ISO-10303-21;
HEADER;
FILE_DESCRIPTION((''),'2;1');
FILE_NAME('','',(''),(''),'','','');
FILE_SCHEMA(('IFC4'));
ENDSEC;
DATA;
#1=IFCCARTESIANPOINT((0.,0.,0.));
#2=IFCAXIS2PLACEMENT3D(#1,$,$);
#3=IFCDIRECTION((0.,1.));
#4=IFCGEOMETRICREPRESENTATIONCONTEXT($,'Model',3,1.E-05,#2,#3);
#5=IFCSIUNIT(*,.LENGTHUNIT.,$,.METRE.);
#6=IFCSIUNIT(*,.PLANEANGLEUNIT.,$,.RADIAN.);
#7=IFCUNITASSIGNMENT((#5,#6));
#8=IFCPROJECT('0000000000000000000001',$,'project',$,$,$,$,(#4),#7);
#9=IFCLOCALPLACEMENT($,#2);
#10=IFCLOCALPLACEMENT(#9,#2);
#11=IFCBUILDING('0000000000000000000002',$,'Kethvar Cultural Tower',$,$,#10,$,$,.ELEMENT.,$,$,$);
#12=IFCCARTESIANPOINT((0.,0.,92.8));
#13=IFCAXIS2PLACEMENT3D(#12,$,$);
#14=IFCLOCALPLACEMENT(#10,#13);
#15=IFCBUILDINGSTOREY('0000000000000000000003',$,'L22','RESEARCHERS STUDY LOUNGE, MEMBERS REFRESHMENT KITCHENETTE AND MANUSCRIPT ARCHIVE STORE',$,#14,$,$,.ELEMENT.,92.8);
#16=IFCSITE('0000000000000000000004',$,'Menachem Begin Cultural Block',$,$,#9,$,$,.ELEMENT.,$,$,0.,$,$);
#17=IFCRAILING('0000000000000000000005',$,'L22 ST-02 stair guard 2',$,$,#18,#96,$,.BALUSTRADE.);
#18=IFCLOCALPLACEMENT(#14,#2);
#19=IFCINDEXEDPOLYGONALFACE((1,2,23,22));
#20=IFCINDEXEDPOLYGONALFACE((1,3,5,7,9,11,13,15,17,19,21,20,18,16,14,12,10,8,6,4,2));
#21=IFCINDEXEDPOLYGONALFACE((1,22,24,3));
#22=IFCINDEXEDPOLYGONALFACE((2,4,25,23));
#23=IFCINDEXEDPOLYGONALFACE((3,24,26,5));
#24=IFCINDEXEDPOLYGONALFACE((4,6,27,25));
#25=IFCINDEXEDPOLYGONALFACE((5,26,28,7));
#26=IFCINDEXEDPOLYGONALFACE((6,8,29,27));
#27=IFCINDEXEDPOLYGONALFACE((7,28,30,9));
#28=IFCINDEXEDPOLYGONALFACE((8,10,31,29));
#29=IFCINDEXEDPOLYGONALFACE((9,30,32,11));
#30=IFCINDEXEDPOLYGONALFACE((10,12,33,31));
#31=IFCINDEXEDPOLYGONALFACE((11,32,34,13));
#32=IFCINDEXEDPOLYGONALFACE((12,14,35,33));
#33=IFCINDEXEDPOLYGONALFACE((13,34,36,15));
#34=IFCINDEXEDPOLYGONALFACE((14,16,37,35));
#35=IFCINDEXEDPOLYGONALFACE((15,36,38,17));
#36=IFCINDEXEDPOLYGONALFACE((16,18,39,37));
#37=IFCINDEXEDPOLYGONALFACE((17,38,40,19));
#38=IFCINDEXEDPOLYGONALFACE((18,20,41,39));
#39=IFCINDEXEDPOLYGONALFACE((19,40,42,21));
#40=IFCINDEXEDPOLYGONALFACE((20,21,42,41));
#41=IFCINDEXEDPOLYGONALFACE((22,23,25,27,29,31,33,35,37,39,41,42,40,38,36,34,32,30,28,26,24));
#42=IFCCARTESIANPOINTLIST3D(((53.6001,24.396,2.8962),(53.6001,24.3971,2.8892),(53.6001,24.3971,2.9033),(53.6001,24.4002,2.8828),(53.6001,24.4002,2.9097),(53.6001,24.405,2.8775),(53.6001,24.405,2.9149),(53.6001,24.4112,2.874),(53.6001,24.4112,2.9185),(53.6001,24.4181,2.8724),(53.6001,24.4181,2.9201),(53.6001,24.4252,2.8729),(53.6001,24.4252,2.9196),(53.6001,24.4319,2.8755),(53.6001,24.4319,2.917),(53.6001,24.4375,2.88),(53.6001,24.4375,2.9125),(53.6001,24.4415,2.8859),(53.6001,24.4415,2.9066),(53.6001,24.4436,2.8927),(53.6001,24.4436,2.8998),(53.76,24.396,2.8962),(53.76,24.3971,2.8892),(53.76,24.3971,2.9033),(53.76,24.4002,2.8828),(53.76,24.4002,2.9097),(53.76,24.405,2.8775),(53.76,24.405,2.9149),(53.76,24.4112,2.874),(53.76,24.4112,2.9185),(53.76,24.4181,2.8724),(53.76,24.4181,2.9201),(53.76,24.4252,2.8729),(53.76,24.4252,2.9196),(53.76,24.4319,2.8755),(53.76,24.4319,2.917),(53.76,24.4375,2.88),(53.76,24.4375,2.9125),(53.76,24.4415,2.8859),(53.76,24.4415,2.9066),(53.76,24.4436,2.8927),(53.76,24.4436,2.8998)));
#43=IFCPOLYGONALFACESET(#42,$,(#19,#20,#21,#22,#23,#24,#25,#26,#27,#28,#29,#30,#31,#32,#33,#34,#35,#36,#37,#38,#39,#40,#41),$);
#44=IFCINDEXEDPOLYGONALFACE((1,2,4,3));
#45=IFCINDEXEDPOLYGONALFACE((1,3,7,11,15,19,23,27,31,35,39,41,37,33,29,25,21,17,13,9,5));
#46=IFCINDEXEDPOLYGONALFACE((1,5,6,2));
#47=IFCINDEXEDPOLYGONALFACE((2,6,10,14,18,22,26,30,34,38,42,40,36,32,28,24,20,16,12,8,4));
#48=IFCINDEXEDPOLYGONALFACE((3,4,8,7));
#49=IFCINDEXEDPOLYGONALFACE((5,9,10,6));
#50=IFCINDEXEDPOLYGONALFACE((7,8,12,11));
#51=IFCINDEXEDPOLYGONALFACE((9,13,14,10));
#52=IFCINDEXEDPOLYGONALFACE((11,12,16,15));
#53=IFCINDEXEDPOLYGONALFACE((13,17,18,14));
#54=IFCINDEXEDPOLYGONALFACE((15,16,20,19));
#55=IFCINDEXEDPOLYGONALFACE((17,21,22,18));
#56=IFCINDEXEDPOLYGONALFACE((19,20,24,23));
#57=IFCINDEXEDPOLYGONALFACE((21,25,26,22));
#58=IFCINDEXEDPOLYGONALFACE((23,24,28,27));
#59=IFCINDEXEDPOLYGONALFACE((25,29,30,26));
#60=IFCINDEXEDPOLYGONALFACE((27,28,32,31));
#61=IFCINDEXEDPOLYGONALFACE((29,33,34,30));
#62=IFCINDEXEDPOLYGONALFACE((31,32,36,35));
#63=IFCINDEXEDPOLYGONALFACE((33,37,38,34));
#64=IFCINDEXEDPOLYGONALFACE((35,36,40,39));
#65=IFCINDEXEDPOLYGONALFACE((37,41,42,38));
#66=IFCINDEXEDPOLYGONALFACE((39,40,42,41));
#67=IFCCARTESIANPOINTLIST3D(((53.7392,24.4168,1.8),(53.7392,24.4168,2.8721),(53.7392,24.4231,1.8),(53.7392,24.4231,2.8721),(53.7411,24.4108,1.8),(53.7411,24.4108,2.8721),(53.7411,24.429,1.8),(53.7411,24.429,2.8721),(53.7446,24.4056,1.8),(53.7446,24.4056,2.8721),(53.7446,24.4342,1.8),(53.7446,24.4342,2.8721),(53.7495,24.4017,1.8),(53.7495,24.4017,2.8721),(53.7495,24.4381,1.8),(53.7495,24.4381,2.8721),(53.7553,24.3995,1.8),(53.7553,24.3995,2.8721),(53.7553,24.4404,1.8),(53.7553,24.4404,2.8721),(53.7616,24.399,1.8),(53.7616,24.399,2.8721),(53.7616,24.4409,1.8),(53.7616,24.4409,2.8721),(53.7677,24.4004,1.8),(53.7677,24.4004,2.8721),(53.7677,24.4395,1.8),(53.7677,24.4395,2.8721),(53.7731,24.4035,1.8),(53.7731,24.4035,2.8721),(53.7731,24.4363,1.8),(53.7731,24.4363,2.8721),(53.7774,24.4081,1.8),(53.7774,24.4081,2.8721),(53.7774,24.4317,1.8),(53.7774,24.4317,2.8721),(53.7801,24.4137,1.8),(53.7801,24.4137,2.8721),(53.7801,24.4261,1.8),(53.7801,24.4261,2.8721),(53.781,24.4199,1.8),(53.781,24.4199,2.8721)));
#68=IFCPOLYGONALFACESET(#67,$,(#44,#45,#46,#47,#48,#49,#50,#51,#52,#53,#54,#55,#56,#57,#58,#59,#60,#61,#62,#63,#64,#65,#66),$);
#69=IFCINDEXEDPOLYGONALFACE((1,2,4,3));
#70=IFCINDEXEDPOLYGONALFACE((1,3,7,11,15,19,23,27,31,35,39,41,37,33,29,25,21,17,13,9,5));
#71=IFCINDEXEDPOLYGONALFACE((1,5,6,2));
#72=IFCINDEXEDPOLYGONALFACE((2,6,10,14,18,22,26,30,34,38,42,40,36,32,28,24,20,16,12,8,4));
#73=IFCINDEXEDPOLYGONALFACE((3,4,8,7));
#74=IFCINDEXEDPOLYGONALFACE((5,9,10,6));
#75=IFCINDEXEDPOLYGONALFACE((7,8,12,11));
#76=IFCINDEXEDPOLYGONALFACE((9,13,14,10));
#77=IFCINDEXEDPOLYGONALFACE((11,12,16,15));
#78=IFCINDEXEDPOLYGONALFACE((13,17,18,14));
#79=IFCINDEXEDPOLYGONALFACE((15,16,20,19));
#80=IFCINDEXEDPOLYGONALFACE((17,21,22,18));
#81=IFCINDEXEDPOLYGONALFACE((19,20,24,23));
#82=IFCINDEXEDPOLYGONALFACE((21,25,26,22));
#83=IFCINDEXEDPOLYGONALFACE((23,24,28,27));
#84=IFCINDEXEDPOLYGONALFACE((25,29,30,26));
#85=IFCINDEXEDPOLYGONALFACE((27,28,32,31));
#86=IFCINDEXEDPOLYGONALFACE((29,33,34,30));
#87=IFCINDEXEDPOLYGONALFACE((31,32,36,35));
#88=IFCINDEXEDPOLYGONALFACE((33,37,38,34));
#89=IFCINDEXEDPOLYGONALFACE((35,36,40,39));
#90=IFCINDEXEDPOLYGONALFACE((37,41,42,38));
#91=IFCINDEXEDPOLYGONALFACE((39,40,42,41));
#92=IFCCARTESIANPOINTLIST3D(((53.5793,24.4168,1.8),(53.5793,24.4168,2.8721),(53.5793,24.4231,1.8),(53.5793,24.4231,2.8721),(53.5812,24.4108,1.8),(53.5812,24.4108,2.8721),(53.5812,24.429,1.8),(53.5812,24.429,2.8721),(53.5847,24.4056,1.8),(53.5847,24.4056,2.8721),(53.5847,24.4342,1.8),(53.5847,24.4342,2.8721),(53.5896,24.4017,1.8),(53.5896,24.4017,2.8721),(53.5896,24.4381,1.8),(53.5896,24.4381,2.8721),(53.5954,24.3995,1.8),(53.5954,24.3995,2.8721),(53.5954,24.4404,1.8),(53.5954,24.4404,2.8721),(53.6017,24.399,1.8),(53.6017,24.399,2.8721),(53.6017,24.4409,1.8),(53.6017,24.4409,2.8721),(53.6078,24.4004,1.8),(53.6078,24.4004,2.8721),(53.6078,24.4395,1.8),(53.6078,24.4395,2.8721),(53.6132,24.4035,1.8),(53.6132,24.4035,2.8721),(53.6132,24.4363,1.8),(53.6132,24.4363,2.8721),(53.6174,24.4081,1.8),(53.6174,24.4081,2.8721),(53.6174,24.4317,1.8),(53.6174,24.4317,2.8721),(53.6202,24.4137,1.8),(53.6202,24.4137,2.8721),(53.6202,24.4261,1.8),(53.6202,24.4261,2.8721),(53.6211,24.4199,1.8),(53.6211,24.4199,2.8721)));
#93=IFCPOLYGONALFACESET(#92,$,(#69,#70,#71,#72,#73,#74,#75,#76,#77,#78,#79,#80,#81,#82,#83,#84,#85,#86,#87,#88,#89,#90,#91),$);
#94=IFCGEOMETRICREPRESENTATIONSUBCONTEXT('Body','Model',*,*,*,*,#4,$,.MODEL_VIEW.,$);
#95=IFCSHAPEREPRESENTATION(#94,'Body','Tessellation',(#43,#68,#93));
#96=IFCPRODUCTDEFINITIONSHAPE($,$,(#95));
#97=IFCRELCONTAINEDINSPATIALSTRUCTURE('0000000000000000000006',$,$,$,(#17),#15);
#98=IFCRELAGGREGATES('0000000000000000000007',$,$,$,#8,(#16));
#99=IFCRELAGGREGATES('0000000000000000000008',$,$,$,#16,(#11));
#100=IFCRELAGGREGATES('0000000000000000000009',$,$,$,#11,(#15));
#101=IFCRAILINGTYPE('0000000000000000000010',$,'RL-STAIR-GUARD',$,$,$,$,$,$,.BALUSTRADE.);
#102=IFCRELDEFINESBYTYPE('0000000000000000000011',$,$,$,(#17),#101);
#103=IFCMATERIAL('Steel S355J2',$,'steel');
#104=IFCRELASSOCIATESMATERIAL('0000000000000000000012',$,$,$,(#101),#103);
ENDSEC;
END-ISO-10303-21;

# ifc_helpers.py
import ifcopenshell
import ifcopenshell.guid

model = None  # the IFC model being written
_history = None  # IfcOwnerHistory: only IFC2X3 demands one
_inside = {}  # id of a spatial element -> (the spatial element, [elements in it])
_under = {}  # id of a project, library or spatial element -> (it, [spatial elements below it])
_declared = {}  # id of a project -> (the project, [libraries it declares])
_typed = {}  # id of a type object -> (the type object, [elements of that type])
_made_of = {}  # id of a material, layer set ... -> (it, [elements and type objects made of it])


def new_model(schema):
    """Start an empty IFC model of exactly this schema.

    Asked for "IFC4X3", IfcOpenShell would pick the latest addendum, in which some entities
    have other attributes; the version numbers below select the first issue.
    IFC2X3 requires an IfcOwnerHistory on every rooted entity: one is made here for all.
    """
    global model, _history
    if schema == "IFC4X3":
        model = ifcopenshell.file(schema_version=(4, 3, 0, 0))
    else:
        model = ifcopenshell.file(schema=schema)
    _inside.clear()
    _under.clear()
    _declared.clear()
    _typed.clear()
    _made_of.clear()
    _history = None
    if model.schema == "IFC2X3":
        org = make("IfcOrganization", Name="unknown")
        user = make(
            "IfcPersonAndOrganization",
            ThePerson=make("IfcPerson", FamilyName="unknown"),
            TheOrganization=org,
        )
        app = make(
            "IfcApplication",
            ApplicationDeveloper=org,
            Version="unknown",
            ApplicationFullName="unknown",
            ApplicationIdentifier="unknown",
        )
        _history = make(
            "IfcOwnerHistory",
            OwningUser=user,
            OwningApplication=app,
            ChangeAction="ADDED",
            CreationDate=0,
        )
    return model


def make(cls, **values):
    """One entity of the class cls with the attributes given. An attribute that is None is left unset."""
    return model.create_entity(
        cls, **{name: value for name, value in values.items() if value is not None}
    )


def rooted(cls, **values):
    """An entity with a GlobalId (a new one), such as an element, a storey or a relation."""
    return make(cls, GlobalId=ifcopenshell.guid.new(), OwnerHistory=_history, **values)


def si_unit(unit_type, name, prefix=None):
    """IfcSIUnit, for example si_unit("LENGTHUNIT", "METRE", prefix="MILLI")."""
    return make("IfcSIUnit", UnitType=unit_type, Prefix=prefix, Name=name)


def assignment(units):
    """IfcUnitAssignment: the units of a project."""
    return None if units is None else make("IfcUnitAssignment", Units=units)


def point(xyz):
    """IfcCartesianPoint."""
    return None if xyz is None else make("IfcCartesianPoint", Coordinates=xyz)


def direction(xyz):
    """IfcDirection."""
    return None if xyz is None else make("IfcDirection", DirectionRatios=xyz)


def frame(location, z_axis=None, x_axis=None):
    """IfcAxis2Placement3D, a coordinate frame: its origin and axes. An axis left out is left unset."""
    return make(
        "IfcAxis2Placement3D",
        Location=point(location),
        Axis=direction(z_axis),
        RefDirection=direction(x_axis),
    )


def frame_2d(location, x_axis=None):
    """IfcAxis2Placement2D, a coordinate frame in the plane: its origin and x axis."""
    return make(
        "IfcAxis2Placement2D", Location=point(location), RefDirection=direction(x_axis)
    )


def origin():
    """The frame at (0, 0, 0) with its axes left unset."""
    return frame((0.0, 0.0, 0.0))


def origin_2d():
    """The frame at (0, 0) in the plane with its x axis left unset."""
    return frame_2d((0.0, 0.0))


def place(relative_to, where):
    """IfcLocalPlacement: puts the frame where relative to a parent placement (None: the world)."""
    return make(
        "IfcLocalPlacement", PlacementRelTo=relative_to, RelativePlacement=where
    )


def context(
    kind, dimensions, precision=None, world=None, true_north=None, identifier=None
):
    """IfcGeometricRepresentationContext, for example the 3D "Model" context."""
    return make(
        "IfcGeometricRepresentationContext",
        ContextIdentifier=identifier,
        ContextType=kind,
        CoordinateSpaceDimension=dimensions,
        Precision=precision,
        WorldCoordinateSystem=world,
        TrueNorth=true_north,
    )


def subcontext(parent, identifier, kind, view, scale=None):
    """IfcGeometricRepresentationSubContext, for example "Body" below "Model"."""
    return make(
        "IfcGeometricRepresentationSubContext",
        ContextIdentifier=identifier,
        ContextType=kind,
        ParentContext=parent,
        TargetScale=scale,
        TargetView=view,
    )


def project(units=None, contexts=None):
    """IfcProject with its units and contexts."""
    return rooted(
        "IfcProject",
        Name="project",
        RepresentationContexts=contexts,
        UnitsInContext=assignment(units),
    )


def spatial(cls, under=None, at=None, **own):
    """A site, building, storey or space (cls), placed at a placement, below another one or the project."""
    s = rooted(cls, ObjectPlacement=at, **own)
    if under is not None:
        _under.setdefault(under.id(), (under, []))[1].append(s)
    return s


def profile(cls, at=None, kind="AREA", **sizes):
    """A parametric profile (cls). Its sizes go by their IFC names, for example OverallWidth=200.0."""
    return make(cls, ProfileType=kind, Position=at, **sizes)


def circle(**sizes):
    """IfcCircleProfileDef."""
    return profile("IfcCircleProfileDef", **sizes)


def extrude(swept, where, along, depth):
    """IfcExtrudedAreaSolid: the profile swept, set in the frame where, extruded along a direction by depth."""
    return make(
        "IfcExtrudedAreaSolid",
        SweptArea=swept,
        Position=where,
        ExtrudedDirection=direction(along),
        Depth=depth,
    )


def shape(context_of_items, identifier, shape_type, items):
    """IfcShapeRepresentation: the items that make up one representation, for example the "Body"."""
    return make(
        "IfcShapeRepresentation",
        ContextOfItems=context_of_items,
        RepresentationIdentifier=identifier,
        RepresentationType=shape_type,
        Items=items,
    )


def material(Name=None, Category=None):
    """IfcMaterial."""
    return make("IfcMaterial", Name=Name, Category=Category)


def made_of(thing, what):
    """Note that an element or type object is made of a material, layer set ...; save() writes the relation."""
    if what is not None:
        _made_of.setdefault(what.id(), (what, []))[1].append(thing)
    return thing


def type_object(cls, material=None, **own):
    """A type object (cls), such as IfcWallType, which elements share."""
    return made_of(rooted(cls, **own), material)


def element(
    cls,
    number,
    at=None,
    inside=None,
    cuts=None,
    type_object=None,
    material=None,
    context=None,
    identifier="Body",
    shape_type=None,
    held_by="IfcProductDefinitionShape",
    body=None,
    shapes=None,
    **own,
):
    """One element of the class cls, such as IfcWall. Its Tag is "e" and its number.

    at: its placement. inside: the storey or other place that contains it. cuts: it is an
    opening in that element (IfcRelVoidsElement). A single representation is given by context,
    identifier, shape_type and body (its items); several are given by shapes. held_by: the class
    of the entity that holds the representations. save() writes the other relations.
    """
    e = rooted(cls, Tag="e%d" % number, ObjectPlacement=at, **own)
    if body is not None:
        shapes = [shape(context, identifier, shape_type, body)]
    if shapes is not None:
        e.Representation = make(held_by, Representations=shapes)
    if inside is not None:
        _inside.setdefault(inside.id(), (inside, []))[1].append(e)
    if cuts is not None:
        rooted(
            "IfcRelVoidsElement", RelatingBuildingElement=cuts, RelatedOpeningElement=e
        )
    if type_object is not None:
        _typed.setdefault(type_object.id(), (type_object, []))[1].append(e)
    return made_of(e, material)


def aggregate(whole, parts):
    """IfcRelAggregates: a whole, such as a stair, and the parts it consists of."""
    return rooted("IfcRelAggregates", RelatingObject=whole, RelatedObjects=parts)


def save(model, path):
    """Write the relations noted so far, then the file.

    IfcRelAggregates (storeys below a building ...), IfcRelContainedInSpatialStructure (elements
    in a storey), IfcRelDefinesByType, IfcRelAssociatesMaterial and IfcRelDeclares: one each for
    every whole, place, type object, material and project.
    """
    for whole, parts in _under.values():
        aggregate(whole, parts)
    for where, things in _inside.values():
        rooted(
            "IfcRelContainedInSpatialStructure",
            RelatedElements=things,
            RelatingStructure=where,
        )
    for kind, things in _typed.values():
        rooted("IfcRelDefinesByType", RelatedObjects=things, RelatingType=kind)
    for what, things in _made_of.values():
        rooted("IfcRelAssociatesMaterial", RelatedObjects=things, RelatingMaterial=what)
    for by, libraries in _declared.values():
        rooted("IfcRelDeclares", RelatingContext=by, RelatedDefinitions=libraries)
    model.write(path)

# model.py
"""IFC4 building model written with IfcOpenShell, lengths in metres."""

from ifc_helpers import new_model, si_unit, direction, frame, origin, origin_2d, place, context, subcontext, project, spatial, circle, extrude, material, type_object, element, save


model = new_model("IFC4")

# Units and contexts
model_context = context("Model", 3, precision=1e-05, world=origin(), true_north=direction((0.0, 1.0)))
body_context = subcontext(model_context, "Body", "Model", "MODEL_VIEW")
ifc_project = project(units=[si_unit("LENGTHUNIT", "METRE"), si_unit("PLANEANGLEUNIT", "RADIAN")], contexts=[model_context])

# Site, building, storey
site_placement = place(None, origin())
site = spatial("IfcSite", under=ifc_project, at=site_placement, Name="Menachem Begin Cultural Block", CompositionType="ELEMENT", RefElevation=0.0)
building_placement = place(site_placement, origin())
building = spatial("IfcBuilding", under=site, at=building_placement, Name="Kethvar Cultural Tower", CompositionType="ELEMENT")
storey_placement = place(building_placement, frame((0.0, 0.0, 92.8)))
storey = spatial("IfcBuildingStorey", under=building, at=storey_placement, Name="L22", Description="RESEARCHERS STUDY LOUNGE, MEMBERS REFRESHMENT KITCHENETTE AND MANUSCRIPT ARCHIVE STORE", CompositionType="ELEMENT", Elevation=92.8)

# Shared definitions
ifc_material_1 = material(Name="Steel S355J2", Category="steel")

# Railing
railing_type_1 = type_object("IfcRailingType", Name="RL-STAIR-GUARD", PredefinedType="BALUSTRADE", material=ifc_material_1)
railing_1_placement = place(storey_placement, frame((53.76, 24.4199, 1.8)))
element("IfcRailing", 1, at=railing_1_placement, inside=storey, type_object=railing_type_1, Name="L22 ST-02 stair guard 2", PredefinedType="BALUSTRADE", context=body_context, shape_type="SweptSolid", body=[
    extrude(circle(Radius=0.0239, at=origin_2d()), frame((0.0, 0.0, 1.0962), z_axis=(-1.0, 0.0, 0.0), x_axis=(0.0, -1.0, 0.0)), (0.0, 0.0, 1.0), 0.1599),
    extrude(circle(Radius=0.021, at=origin_2d()), origin(), (0.0, 0.0, 1.0), 1.072),
    extrude(circle(Radius=0.021, at=origin_2d()), frame((-0.1599, 0.0, 0.0)), (0.0, 0.0, 1.0), 1.072),
])

save(model, "model.ifc")
